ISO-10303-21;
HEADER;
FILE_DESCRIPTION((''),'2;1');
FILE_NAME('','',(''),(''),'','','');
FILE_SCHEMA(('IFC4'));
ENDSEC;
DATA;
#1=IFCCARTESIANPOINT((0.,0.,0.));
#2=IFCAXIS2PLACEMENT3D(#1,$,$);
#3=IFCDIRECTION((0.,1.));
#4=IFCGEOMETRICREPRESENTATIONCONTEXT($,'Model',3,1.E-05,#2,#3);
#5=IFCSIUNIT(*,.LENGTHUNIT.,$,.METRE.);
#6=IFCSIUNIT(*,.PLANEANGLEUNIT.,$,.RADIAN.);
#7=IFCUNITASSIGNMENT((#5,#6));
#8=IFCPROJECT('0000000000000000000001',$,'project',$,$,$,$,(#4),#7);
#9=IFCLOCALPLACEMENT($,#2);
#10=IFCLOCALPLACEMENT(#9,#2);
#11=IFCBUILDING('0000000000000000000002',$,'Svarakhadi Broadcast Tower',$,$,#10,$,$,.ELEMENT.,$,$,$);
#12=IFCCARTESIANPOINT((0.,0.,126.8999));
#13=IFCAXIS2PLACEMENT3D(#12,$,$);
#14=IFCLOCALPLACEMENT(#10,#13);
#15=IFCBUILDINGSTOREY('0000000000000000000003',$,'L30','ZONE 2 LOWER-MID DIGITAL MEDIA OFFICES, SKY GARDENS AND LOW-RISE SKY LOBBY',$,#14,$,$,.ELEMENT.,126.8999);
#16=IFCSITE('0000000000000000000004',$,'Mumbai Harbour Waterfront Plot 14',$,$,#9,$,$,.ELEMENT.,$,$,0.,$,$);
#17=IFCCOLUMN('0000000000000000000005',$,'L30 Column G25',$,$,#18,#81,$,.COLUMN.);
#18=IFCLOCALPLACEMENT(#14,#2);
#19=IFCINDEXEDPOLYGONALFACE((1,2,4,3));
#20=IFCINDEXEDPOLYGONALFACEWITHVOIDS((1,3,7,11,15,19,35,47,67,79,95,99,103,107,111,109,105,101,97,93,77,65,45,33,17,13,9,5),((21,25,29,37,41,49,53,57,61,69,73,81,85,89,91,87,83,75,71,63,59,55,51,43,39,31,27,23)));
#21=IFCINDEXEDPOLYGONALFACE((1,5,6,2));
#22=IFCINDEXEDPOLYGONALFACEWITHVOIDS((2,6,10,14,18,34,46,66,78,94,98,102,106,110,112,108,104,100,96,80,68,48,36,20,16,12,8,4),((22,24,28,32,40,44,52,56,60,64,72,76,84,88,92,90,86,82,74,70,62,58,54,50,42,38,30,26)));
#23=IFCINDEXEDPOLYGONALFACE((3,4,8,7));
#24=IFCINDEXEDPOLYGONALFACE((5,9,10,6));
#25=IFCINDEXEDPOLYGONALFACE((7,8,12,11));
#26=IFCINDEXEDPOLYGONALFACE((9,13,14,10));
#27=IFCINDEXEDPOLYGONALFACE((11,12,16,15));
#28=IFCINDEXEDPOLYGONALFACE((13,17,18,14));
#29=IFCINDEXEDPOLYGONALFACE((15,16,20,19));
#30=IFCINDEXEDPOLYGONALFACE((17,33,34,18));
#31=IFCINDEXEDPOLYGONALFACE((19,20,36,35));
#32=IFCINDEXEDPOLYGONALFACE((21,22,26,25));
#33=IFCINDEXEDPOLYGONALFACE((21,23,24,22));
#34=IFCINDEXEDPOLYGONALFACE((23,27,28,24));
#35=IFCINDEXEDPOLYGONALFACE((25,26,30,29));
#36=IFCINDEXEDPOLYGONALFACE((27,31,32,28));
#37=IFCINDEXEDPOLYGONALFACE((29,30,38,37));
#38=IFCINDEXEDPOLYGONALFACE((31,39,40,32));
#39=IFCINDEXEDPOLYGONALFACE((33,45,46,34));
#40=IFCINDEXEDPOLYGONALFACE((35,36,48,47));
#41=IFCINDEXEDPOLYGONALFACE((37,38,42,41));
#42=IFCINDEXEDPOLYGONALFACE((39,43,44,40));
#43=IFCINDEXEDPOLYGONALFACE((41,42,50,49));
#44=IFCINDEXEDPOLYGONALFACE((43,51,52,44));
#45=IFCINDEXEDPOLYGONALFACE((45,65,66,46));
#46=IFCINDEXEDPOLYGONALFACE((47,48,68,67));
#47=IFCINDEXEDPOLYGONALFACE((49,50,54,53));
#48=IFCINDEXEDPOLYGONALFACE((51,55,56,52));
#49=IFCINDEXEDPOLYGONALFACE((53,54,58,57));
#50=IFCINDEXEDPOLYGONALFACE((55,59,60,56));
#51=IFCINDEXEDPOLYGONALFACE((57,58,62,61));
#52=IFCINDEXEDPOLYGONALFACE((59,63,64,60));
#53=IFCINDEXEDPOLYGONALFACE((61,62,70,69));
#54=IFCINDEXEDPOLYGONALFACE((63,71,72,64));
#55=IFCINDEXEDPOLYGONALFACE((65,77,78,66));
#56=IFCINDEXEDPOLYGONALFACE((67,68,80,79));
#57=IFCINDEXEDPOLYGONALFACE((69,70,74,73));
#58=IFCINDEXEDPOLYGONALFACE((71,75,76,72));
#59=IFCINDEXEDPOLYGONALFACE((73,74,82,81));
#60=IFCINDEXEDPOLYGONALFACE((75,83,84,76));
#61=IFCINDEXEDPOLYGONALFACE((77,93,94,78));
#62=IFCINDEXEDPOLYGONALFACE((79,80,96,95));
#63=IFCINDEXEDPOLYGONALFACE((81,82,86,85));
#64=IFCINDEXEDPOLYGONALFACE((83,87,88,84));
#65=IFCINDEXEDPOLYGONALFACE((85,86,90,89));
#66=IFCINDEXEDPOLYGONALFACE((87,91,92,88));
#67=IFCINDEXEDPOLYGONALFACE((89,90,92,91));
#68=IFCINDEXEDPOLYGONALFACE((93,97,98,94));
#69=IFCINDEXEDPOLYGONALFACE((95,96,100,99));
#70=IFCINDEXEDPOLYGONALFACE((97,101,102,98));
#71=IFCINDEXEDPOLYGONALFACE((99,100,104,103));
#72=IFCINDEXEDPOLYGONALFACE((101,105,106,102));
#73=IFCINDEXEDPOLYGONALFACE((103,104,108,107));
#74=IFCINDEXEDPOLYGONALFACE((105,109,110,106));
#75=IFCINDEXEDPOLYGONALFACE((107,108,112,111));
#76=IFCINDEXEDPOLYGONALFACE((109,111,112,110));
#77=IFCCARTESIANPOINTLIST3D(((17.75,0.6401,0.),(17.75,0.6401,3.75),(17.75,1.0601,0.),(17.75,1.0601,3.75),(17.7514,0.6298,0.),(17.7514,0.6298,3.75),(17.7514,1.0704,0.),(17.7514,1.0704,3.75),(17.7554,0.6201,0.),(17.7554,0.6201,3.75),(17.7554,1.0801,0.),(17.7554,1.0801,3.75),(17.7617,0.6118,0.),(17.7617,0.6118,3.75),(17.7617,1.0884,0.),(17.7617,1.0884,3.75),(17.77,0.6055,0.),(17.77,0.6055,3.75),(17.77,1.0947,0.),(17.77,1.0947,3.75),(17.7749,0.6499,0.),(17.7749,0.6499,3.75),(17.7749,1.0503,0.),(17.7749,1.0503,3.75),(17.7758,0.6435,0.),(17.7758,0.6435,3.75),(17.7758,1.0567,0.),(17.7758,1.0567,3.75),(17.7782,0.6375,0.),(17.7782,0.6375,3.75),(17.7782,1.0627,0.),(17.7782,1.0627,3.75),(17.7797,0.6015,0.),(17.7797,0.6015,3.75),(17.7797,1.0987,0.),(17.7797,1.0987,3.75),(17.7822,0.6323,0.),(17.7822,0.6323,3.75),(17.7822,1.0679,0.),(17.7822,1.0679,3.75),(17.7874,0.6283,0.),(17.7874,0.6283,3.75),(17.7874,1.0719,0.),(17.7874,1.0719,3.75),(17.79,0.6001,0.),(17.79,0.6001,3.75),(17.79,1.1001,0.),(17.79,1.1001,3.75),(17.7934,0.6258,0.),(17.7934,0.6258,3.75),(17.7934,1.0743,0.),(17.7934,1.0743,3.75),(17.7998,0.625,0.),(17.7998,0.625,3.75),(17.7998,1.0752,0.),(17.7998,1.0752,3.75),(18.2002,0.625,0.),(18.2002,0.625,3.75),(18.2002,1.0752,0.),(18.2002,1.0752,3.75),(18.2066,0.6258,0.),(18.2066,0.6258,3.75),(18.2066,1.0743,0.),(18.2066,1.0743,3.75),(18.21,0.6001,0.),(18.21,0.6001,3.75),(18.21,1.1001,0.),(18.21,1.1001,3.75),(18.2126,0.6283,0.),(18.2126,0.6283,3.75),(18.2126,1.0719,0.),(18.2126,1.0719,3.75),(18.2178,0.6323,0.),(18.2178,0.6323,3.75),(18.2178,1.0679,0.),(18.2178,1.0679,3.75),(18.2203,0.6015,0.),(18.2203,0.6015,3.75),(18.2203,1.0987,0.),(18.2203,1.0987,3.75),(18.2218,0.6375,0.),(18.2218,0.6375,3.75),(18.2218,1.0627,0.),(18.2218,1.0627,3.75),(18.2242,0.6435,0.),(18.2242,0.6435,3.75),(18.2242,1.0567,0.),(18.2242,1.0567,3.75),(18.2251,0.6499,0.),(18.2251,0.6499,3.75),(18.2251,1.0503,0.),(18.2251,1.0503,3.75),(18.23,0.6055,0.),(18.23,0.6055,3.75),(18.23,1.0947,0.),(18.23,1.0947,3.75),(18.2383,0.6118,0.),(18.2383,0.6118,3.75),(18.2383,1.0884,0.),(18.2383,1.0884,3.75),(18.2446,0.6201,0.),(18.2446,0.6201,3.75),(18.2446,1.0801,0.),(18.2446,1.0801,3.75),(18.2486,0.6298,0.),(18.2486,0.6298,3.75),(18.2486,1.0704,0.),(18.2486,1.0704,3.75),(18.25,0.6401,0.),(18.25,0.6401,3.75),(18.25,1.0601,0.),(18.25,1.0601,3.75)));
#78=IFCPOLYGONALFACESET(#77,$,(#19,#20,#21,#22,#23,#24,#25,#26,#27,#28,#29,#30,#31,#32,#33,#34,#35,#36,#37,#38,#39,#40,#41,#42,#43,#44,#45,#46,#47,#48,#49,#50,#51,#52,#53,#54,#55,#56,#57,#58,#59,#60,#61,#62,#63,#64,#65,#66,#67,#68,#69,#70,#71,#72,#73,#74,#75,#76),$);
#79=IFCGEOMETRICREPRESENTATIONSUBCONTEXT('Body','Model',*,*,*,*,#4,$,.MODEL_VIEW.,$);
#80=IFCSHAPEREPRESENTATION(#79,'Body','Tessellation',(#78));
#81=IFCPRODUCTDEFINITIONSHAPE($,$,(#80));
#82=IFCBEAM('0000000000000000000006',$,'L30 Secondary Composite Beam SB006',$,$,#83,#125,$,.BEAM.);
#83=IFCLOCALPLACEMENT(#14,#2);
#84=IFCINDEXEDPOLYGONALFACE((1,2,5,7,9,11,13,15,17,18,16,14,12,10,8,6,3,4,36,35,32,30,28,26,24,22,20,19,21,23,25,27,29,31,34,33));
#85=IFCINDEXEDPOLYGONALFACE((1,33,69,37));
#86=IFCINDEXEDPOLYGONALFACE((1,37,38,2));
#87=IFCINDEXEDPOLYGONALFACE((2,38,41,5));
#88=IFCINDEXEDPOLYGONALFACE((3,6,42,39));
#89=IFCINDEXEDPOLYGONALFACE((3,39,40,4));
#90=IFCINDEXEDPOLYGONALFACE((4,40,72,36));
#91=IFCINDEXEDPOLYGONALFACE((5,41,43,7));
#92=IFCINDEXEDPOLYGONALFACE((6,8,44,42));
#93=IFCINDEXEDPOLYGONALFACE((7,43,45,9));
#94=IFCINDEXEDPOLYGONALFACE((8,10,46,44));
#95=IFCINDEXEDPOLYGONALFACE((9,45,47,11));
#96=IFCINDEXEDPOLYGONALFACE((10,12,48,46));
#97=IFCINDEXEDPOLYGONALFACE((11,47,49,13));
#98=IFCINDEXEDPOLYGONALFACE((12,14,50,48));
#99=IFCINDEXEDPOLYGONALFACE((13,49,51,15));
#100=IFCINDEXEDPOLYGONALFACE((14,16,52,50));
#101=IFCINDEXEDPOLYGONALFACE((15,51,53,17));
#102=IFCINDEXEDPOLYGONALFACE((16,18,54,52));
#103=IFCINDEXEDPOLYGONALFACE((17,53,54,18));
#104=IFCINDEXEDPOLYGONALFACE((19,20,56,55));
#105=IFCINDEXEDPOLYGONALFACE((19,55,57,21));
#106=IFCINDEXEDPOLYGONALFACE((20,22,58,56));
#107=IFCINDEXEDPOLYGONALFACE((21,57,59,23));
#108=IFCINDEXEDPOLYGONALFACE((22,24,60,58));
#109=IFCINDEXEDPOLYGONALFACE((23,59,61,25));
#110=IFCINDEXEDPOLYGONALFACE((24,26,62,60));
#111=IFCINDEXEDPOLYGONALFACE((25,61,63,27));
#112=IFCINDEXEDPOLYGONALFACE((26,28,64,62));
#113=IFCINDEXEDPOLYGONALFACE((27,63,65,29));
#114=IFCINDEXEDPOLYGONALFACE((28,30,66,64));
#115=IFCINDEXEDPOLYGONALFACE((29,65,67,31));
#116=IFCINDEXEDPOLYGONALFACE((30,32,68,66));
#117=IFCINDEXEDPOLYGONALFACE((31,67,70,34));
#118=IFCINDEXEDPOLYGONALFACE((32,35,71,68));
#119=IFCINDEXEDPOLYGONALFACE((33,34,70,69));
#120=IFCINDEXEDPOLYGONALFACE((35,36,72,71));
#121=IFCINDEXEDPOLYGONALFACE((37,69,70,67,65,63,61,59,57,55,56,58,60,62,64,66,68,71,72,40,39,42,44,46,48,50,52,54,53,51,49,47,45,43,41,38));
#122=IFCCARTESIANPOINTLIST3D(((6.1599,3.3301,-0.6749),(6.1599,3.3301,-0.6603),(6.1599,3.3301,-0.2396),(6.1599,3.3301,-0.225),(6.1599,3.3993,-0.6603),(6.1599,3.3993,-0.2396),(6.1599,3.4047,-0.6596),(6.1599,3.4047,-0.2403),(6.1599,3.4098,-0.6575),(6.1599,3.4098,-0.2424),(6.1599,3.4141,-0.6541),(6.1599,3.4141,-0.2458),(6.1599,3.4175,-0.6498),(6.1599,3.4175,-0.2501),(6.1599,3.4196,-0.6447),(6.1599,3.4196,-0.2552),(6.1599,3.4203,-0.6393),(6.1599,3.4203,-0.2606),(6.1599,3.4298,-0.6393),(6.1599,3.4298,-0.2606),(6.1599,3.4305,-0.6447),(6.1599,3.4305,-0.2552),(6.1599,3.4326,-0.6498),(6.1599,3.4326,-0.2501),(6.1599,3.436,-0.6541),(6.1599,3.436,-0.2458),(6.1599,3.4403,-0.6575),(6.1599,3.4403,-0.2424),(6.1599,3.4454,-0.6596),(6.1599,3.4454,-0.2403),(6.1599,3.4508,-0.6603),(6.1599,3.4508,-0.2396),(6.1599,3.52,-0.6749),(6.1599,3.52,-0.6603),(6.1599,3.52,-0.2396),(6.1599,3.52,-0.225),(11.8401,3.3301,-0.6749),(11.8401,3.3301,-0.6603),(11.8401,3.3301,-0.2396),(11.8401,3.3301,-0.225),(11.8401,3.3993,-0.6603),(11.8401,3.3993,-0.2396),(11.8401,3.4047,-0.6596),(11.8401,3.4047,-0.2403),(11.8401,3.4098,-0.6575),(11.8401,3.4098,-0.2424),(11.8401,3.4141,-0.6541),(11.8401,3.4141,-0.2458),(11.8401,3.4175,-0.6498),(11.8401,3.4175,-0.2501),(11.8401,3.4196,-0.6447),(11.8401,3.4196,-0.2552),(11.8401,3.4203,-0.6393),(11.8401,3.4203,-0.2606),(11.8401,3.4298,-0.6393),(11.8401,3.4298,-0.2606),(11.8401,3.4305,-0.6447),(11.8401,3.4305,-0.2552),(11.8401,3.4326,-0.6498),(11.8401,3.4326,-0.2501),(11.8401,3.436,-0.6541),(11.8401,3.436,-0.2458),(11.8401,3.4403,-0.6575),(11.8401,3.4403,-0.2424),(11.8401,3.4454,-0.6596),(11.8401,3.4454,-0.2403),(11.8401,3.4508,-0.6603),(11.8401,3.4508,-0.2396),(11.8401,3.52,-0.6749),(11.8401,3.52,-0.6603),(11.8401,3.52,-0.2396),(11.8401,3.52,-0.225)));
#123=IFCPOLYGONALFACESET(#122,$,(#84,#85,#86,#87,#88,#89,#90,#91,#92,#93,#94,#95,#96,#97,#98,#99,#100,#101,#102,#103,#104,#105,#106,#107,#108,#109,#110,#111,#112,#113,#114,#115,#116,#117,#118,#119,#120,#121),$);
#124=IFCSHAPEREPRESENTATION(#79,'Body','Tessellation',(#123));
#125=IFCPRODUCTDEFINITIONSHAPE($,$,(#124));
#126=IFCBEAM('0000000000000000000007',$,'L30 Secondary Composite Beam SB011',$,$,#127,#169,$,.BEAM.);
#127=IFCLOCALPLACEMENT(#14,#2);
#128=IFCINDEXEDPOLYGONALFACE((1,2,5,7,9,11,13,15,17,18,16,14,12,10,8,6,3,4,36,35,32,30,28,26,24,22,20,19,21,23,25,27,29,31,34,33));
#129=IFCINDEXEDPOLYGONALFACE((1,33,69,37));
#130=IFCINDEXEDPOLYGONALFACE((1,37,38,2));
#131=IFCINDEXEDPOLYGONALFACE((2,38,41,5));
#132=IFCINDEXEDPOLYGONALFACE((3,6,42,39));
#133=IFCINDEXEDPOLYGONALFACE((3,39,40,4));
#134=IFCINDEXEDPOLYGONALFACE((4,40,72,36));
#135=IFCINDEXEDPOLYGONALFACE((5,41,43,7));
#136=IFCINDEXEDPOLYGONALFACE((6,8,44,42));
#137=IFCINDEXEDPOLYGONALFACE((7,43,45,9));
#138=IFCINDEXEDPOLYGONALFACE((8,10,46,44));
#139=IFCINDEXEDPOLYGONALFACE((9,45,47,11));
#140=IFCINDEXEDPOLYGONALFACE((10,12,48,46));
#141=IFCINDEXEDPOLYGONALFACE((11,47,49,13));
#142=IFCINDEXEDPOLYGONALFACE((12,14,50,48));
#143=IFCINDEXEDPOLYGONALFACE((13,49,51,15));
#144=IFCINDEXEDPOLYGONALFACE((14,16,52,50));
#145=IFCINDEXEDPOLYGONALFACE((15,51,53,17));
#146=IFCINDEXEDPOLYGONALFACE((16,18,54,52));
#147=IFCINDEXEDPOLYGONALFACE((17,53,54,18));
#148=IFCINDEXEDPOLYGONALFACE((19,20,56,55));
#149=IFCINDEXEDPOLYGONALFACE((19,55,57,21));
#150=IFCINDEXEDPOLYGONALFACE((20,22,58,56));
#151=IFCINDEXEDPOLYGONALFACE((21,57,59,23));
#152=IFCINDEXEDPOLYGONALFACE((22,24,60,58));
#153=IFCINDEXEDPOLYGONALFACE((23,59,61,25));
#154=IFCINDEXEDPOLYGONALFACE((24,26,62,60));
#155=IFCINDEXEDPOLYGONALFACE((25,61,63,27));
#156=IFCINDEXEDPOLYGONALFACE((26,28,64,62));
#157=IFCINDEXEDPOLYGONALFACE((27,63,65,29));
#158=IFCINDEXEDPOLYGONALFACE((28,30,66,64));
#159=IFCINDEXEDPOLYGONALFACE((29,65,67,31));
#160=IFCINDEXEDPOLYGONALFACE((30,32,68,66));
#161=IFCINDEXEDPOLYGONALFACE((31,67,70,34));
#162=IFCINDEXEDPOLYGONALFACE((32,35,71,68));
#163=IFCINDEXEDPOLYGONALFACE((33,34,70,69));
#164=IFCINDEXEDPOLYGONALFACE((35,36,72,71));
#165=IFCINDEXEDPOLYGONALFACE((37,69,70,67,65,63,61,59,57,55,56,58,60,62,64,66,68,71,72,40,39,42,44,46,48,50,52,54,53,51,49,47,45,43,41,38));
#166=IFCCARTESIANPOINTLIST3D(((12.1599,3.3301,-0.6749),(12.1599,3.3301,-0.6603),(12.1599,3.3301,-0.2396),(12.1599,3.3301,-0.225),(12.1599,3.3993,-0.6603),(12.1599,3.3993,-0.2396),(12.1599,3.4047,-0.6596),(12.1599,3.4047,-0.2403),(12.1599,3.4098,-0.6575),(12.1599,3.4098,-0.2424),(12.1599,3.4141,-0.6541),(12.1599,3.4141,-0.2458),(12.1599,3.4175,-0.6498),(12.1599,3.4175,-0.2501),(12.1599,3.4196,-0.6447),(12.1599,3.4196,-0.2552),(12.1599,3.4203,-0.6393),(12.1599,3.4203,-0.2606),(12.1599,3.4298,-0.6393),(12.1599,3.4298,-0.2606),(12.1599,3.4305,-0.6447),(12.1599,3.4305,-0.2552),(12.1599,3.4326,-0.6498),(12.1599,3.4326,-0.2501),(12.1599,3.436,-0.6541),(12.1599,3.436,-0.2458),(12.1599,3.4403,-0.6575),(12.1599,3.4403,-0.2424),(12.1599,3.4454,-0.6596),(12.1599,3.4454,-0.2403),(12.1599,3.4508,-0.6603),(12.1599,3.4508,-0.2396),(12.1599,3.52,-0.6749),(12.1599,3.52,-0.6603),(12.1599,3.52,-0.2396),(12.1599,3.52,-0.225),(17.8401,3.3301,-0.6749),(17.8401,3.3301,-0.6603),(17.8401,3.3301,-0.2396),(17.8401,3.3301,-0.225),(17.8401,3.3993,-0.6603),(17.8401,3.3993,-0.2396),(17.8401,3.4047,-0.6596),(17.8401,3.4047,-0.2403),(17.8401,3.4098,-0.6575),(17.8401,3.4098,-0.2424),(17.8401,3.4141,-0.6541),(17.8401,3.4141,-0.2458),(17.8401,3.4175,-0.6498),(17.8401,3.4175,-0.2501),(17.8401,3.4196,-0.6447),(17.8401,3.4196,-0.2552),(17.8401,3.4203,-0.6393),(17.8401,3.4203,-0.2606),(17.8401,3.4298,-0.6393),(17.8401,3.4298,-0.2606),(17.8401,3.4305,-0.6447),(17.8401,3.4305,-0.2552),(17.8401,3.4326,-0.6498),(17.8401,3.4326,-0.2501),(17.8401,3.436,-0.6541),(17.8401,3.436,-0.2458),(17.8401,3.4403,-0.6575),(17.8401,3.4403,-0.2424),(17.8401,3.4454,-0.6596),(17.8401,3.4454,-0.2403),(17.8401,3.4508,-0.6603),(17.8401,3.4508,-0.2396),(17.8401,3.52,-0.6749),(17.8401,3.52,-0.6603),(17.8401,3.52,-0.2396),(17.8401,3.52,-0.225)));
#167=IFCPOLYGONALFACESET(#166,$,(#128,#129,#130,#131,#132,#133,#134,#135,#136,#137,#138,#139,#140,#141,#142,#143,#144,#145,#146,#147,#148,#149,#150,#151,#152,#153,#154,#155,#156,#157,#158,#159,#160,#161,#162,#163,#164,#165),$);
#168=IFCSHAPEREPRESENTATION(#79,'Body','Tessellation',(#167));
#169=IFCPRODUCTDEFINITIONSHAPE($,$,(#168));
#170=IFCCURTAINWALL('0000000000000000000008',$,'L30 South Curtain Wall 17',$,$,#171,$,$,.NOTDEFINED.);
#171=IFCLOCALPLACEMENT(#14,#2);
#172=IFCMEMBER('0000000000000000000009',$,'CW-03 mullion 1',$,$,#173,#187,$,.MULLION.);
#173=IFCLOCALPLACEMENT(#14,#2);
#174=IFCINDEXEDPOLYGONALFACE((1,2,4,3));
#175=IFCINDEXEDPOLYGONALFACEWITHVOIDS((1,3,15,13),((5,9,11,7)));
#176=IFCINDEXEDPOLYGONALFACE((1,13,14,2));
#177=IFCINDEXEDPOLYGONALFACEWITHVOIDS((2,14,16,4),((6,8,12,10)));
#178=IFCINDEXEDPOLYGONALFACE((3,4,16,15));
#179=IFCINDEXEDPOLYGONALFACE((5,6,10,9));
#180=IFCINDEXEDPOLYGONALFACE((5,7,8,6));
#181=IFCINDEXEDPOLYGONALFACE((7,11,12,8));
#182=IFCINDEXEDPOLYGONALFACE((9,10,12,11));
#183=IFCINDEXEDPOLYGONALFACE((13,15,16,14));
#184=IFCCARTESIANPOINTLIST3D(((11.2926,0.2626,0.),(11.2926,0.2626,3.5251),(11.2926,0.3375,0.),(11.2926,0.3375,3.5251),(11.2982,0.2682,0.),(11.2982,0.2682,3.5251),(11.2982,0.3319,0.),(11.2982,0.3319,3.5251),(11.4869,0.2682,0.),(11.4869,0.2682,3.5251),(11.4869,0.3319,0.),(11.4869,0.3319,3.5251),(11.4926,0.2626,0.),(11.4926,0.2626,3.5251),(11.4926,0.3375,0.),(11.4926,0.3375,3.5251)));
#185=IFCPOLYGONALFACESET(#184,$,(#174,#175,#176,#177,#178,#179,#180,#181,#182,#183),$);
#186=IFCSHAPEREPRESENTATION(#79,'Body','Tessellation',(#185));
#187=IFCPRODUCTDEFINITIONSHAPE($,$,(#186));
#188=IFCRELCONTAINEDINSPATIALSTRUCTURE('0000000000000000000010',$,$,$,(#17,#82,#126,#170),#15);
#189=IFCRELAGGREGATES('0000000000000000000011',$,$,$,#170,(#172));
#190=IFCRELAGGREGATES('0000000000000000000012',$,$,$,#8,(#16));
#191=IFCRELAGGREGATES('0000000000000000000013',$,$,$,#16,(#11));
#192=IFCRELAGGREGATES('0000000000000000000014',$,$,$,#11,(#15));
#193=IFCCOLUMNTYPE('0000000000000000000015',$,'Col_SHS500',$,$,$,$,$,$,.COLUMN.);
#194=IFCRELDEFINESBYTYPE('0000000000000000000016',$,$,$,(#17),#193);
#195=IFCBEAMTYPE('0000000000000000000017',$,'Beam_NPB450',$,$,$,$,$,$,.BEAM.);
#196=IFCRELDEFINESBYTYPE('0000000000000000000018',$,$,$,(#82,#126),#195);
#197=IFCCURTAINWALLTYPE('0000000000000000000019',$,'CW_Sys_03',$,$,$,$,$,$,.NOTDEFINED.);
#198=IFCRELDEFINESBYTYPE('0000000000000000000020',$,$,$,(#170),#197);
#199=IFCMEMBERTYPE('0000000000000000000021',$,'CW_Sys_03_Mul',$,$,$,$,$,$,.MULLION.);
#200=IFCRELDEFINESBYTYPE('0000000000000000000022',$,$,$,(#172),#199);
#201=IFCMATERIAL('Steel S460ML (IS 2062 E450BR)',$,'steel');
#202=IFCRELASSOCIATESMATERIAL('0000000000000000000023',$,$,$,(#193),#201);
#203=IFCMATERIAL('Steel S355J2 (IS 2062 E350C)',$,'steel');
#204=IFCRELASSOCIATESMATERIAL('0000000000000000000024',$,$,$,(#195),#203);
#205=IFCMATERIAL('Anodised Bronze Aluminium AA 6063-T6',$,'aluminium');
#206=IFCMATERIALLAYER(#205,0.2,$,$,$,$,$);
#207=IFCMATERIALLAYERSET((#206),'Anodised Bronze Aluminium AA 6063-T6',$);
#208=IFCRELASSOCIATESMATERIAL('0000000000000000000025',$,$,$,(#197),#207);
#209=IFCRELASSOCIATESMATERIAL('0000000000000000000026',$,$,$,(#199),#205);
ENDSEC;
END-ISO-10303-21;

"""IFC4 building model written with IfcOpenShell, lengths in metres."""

from ifc_helpers import new_model, si_unit, direction, frame, origin, origin_2d, place, context, subcontext, project, spatial, hollow_rectangle, i_section, extrude, material, layer, layer_set, material_profile, profile_set, type_object, element, aggregate, save


model = new_model("IFC4")

# Units and contexts
model_context = context("Model", 3, precision=1e-05, world=origin(), true_north=direction((0.0, 1.0)))
body_context = subcontext(model_context, "Body", "Model", "MODEL_VIEW")
ifc_project = project(units=[si_unit("LENGTHUNIT", "METRE"), si_unit("PLANEANGLEUNIT", "RADIAN")], contexts=[model_context])

# Site, building, storey
site_placement = place(None, origin())
site = spatial("IfcSite", under=ifc_project, at=site_placement, Name="Mumbai Harbour Waterfront Plot 14", CompositionType="ELEMENT", RefElevation=0.0)
building_placement = place(site_placement, origin())
building = spatial("IfcBuilding", under=site, at=building_placement, Name="Svarakhadi Broadcast Tower", CompositionType="ELEMENT")
storey_placement = place(building_placement, frame((0.0, 0.0, 126.8999)))
storey = spatial("IfcBuildingStorey", under=building, at=storey_placement, Name="L30", Description="ZONE 2 LOWER-MID DIGITAL MEDIA OFFICES, SKY GARDENS AND LOW-RISE SKY LOBBY", CompositionType="ELEMENT", Elevation=126.8999)

# Column
ifc_material_1 = material(Name="Steel S460ML (IS 2062 E450BR)", Category="steel")
ifc_material_profile_1 = material_profile(ifc_material_1, hollow_rectangle(XDim=0.5, YDim=0.5, WallThickness=0.0249, InnerFilletRadius=0.0249, OuterFilletRadius=0.04, at=origin_2d()), Name="SHS 500x500x25")
ifc_profile_set_1 = profile_set([ifc_material_profile_1], Name="Steel S460ML (IS 2062 E450BR)")
column_type_1 = type_object("IfcColumnType", Name="Col_SHS500", PredefinedType="COLUMN", material=ifc_profile_set_1)
for number, where, z_axis, x_axis, name in (
    (1, (18.0, 0.8501, 0.0), (0.0, 0.0, 1.0), (1.0, 0.0, 0.0), "L30 Column G25"),
):
    element("IfcColumn", number, at=place(storey_placement, frame(where, z_axis=z_axis, x_axis=x_axis)), inside=storey, type_object=column_type_1, Name=name, PredefinedType="COLUMN", context=body_context, shape_type="SweptSolid", body=[
        extrude(hollow_rectangle(XDim=0.5, YDim=0.5, WallThickness=0.0249, InnerFilletRadius=0.0249, OuterFilletRadius=0.04, at=origin_2d()), origin(), (0.0, 0.0, 1.0), 3.75),
    ])

# Beams
ifc_material_2 = material(Name="Steel S355J2 (IS 2062 E350C)", Category="steel")
ifc_material_profile_2 = material_profile(ifc_material_2, i_section(OverallWidth=0.1899, OverallDepth=0.45, WebThickness=0.0095, FlangeThickness=0.0146, FilletRadius=0.021, at=origin_2d()), Name="NPB 450x190x78")
ifc_profile_set_2 = profile_set([ifc_material_profile_2], Name="Steel S355J2 (IS 2062 E350C)")
beam_type_1 = type_object("IfcBeamType", Name="Beam_NPB450", PredefinedType="BEAM", material=ifc_profile_set_2)
for number, where, z_axis, x_axis, name in (
    (2, (6.1599, 3.425, -0.45), (1.0, 0.0, 0.0), (0.0, 1.0, 0.0), "L30 Secondary Composite Beam SB006"),
    (3, (12.1599, 3.425, -0.45), (1.0, 0.0, 0.0), (0.0, 1.0, 0.0), "L30 Secondary Composite Beam SB011"),
):
    element("IfcBeam", number, at=place(storey_placement, frame(where, z_axis=z_axis, x_axis=x_axis)), inside=storey, type_object=beam_type_1, Name=name, PredefinedType="BEAM", context=body_context, shape_type="SweptSolid", body=[
        extrude(i_section(OverallWidth=0.1899, OverallDepth=0.45, WebThickness=0.0095, FlangeThickness=0.0146, FilletRadius=0.021, at=origin_2d()), origin(), (0.0, 0.0, 1.0), 5.6802),
    ])

# Curtain wall, member
ifc_material_3 = material(Name="Anodised Bronze Aluminium AA 6063-T6", Category="aluminium")
ifc_layer_1 = layer(ifc_material_3, 0.2)
ifc_layer_set_1 = layer_set([ifc_layer_1], Name="Anodised Bronze Aluminium AA 6063-T6")
curtain_wall_type = type_object("IfcCurtainWallType", Name="CW_Sys_03", PredefinedType="NOTDEFINED", material=ifc_layer_set_1)
curtain_wall_placement = place(storey_placement, origin())
curtain_wall = element("IfcCurtainWall", 4, at=curtain_wall_placement, inside=storey, type_object=curtain_wall_type, Name="L30 South Curtain Wall 17", PredefinedType="NOTDEFINED")
ifc_material_profile_3 = material_profile(ifc_material_3, hollow_rectangle(XDim=0.075, YDim=0.2, WallThickness=0.0056, at=origin_2d()), Name="ALU MULLION 200x75x6")
ifc_profile_set_3 = profile_set([ifc_material_profile_3], Name="Anodised Bronze Aluminium AA 6063-T6")
member_type_1 = type_object("IfcMemberType", Name="CW_Sys_03_Mul", PredefinedType="MULLION", material=ifc_profile_set_3)
member_1_placement = place(storey_placement, frame((11.3926, 0.3, 0.0), z_axis=(0.0, 0.0, 1.0), x_axis=(0.0, -1.0, 0.0)))
member_1 = element("IfcMember", 5, at=member_1_placement, type_object=member_type_1, Name="CW-03 mullion 1", PredefinedType="MULLION", context=body_context, shape_type="SweptSolid", body=[
    extrude(hollow_rectangle(XDim=0.075, YDim=0.2, WallThickness=0.0056, at=origin_2d()), origin(), (0.0, 0.0, 1.0), 3.5251),
])

aggregate(curtain_wall, [member_1])

save(model, "model.ifc")
